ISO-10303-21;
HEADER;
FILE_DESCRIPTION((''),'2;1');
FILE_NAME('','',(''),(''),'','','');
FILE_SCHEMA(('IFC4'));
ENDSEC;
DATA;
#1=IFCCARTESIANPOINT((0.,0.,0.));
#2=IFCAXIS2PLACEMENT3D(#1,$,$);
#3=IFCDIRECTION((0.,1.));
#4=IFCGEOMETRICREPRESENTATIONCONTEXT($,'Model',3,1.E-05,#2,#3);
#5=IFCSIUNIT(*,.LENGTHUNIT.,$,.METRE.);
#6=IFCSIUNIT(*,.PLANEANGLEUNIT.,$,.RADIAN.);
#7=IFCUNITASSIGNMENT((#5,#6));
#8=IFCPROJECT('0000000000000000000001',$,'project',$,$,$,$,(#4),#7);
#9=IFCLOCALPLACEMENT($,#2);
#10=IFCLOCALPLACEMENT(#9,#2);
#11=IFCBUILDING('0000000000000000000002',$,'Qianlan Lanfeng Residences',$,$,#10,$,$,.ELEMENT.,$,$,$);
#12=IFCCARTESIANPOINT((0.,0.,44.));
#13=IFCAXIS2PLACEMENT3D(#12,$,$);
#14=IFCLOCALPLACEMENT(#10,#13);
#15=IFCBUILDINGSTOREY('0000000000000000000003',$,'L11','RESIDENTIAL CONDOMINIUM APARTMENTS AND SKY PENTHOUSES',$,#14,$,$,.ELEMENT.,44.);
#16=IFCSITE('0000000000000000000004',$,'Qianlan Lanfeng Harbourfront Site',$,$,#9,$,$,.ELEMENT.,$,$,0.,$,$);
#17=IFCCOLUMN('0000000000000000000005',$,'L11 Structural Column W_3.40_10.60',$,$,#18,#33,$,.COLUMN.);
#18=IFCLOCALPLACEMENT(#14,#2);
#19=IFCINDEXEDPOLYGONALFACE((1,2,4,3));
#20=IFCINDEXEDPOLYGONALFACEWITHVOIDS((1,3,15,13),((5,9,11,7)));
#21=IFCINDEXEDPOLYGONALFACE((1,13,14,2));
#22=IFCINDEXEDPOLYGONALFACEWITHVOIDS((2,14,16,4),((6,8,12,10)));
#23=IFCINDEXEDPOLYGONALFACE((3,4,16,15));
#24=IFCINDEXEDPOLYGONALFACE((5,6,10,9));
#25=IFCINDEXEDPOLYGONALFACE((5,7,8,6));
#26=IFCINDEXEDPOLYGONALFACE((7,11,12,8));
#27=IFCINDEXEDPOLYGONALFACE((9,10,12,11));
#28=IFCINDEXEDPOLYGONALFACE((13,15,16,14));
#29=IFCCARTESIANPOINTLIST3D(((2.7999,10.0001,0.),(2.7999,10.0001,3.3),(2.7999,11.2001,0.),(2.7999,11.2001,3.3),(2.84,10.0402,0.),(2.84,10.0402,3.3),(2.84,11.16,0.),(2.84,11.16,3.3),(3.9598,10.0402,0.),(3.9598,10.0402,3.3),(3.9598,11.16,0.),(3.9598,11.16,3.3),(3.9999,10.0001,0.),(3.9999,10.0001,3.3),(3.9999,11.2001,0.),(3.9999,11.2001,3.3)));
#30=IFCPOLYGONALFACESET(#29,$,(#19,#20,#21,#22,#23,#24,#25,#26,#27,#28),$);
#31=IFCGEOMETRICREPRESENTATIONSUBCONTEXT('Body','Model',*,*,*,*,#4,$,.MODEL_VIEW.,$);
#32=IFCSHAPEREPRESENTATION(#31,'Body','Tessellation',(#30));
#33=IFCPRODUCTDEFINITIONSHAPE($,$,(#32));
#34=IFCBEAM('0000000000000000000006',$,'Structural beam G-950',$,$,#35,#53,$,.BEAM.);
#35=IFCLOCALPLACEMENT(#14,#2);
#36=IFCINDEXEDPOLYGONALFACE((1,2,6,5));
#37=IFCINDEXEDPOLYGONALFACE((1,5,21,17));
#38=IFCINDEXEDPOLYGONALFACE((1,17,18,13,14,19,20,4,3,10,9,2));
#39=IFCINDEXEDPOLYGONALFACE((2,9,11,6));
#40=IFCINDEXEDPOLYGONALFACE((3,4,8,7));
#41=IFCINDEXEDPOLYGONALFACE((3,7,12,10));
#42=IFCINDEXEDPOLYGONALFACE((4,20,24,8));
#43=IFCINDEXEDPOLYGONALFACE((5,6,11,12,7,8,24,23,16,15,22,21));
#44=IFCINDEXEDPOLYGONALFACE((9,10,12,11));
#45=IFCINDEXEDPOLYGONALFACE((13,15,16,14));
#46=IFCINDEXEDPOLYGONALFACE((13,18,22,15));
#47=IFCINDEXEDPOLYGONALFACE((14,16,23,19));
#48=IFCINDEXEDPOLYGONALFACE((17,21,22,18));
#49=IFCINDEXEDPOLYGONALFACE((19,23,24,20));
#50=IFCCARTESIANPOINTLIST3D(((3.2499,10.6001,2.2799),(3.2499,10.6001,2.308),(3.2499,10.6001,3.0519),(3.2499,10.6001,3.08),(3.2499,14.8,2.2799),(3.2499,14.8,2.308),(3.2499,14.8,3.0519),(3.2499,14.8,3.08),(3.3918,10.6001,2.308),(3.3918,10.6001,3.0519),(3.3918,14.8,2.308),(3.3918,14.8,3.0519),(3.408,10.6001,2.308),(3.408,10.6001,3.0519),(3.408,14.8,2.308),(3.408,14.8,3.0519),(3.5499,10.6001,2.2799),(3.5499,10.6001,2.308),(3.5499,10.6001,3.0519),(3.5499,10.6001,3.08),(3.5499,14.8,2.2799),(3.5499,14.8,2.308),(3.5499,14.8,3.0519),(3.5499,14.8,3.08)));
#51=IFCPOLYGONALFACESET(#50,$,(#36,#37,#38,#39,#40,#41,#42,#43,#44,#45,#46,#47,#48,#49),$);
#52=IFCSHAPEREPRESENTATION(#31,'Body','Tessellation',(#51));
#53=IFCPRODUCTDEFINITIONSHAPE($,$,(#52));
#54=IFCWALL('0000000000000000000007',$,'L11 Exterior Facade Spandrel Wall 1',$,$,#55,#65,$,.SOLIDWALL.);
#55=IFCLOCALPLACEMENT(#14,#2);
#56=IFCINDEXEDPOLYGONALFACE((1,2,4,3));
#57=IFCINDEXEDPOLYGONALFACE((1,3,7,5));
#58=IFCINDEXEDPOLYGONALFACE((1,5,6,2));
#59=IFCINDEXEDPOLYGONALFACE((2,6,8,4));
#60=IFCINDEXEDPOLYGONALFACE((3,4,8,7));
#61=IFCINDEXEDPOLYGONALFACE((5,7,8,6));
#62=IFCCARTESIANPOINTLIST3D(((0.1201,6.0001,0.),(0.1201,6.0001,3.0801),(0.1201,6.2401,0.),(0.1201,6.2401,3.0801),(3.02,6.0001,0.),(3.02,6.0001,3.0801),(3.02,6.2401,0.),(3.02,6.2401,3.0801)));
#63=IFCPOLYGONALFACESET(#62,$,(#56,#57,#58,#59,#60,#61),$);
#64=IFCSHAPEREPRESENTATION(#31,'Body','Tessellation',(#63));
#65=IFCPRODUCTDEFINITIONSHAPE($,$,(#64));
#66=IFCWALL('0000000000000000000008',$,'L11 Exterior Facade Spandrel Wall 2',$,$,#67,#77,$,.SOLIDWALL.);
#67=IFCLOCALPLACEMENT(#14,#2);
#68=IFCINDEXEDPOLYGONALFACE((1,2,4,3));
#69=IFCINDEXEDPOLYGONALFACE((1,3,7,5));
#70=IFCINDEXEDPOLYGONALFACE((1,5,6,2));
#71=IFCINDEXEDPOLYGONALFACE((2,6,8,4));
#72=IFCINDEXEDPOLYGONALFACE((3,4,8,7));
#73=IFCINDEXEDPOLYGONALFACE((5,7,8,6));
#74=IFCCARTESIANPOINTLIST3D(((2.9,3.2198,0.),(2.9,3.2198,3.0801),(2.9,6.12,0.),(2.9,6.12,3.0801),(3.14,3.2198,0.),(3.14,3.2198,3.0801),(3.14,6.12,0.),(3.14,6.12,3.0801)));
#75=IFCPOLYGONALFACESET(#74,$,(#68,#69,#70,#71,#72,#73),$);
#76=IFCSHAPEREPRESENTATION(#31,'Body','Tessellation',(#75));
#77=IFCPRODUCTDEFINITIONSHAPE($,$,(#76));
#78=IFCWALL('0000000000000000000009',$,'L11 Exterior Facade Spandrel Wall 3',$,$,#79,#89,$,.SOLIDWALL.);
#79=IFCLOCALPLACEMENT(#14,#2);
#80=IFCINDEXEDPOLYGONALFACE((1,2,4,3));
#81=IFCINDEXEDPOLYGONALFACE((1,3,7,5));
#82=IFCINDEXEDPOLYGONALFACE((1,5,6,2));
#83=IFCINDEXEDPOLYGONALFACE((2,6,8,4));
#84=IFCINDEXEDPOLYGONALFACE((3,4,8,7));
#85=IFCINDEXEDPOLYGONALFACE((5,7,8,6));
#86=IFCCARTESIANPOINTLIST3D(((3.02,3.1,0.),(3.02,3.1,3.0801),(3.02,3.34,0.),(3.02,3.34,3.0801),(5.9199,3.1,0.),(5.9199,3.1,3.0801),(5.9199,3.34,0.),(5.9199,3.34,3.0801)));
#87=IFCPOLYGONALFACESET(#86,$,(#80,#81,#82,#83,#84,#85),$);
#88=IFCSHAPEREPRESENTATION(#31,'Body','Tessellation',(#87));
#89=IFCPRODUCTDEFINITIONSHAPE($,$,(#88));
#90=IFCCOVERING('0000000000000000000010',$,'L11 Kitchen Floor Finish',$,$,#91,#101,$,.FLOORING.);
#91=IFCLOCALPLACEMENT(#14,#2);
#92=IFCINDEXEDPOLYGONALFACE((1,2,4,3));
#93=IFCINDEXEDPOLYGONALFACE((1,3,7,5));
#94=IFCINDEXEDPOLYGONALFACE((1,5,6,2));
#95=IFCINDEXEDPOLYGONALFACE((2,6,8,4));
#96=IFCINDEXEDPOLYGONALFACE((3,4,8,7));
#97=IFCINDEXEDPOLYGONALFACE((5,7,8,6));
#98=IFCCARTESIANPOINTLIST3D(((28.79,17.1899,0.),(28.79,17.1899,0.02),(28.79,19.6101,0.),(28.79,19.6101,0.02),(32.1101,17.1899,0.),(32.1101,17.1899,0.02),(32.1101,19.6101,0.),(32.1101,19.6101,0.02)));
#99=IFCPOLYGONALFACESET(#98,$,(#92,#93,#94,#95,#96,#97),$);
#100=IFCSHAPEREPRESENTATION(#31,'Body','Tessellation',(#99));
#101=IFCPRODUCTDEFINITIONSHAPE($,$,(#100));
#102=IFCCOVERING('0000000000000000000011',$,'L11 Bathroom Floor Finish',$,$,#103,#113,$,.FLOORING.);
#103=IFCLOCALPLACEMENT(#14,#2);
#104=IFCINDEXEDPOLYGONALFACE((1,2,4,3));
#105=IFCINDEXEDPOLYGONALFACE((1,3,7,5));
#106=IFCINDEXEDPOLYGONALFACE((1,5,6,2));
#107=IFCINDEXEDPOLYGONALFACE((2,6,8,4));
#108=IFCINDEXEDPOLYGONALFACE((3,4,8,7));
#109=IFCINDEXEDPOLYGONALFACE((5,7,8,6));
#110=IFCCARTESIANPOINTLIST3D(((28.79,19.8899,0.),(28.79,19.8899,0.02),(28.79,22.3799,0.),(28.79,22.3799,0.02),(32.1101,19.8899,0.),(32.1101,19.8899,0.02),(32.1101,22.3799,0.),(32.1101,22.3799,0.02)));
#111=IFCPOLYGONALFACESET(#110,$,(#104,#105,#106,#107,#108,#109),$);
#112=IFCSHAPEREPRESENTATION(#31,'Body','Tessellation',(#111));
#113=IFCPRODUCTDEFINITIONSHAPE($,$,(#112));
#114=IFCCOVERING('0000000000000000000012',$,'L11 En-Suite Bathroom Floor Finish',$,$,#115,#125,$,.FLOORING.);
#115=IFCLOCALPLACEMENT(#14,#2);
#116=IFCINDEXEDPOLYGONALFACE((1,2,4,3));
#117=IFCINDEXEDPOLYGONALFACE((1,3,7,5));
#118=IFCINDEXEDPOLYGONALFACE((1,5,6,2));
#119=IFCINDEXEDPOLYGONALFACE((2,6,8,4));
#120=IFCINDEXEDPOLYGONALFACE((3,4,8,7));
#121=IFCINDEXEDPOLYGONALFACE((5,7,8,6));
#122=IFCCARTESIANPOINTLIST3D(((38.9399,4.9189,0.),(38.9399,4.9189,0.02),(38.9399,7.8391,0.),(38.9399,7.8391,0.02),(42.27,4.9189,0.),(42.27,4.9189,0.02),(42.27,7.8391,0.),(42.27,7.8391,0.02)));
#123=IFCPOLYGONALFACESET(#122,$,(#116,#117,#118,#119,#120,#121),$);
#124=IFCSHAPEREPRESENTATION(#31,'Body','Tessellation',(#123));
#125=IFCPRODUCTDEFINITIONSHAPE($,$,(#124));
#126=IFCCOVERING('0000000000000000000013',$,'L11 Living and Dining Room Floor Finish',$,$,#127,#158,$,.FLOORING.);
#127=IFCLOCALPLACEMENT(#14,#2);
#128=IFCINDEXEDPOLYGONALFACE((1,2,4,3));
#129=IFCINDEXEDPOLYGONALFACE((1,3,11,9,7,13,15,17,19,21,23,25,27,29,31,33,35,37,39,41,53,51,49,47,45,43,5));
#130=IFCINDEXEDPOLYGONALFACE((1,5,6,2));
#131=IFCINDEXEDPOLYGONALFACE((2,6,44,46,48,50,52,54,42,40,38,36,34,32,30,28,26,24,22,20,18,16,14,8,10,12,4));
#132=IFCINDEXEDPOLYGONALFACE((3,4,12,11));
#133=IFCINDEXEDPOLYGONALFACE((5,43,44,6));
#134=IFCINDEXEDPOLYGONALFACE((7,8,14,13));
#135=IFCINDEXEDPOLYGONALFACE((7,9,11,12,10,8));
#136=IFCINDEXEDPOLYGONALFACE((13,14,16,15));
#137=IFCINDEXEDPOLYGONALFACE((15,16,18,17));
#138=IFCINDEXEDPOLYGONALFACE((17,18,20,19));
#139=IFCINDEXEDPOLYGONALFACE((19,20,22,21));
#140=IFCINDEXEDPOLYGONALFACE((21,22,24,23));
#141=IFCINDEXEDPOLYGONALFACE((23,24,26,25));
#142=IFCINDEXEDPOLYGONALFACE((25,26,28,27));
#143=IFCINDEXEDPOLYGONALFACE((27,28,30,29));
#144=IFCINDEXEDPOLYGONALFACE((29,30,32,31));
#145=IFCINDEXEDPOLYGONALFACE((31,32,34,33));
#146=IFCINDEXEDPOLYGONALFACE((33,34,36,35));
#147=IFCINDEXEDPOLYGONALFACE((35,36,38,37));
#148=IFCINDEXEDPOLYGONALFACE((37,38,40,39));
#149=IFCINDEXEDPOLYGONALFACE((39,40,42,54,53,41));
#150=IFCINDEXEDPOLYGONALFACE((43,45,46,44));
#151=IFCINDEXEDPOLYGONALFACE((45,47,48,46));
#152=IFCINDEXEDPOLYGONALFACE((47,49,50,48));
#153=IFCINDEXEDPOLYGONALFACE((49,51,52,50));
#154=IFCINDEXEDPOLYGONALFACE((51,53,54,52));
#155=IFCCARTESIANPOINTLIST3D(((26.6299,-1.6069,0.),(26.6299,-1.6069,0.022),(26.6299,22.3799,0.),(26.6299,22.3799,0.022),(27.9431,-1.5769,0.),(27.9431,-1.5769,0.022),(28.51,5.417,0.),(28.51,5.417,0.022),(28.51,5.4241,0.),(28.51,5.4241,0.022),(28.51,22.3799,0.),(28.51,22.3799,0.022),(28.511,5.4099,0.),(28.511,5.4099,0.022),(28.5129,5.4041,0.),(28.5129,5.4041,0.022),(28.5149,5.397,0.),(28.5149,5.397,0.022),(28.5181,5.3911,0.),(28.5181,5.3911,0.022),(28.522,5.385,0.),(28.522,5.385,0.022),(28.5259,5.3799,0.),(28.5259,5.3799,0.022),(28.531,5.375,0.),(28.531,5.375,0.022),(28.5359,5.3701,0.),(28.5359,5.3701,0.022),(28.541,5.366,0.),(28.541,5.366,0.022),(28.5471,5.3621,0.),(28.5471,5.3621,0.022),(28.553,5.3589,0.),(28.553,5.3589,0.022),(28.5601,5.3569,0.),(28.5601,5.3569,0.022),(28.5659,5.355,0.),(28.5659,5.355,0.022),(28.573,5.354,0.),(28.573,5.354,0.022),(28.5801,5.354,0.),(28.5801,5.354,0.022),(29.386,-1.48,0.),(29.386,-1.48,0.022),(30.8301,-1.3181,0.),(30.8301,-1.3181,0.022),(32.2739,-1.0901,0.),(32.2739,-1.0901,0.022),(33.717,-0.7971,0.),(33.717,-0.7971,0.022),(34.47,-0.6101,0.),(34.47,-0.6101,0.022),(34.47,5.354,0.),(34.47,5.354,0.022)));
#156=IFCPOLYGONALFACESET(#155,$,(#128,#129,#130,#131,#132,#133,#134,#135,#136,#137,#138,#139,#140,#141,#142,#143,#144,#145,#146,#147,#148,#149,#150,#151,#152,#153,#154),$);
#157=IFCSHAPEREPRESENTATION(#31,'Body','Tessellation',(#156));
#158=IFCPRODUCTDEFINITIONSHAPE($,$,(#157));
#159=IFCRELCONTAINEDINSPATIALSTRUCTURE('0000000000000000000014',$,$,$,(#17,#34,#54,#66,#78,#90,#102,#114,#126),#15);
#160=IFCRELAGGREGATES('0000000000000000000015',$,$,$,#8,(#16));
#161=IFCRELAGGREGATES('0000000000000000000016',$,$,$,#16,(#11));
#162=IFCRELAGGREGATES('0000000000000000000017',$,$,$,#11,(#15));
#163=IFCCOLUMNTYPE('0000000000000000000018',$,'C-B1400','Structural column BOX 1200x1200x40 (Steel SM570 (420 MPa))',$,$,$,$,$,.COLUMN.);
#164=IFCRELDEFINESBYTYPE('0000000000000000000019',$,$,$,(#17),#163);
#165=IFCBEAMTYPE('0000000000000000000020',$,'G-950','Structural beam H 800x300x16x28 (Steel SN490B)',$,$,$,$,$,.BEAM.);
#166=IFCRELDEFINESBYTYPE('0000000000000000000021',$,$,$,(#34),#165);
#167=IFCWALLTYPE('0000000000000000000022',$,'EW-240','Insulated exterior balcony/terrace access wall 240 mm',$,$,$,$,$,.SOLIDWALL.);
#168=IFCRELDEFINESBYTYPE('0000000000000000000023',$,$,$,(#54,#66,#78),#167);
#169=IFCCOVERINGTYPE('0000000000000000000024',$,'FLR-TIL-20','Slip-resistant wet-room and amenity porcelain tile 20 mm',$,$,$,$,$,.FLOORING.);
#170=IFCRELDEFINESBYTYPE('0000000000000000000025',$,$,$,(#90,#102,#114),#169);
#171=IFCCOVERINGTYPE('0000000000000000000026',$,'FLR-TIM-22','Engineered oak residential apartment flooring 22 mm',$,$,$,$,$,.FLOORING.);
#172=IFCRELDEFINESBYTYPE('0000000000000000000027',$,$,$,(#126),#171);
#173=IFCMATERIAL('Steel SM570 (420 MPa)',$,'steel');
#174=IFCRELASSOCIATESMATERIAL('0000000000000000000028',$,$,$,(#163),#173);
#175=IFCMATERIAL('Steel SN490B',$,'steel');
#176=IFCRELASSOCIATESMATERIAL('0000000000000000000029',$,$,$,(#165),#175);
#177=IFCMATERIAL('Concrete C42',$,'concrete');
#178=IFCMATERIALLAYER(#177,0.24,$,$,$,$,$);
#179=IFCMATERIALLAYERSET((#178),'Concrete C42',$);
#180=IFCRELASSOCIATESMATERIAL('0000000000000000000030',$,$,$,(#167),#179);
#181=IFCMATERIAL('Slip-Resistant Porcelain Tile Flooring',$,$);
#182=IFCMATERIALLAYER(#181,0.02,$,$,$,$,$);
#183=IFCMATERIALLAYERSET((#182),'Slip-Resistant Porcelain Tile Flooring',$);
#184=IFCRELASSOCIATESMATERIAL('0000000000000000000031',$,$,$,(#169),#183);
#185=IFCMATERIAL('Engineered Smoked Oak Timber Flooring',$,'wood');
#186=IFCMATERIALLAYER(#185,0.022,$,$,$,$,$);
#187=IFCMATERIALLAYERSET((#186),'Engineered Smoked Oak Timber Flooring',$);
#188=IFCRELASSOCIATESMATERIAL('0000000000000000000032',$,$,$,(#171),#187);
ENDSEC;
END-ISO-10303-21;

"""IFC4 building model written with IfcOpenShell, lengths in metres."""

from ifc_helpers import new_model, si_unit, direction, frame, frame_2d, origin, origin_2d, place, context, subcontext, project, spatial, polyline, rectangle, hollow_rectangle, i_section, outline, extrude, material, layer, layer_set, material_profile, profile_set, type_object, element, save


model = new_model("IFC4")

# Units and contexts
model_context = context("Model", 3, precision=1e-05, world=origin(), true_north=direction((0.0, 1.0)))
body_context = subcontext(model_context, "Body", "Model", "MODEL_VIEW")
ifc_project = project(units=[si_unit("LENGTHUNIT", "METRE"), si_unit("PLANEANGLEUNIT", "RADIAN")], contexts=[model_context])

# Site, building, storey
site_placement = place(None, origin())
site = spatial("IfcSite", under=ifc_project, at=site_placement, Name="Qianlan Lanfeng Harbourfront Site", CompositionType="ELEMENT", RefElevation=0.0)
building_placement = place(site_placement, origin())
building = spatial("IfcBuilding", under=site, at=building_placement, Name="Qianlan Lanfeng Residences", CompositionType="ELEMENT")
storey_placement = place(building_placement, frame((0.0, 0.0, 44.0)))
storey = spatial("IfcBuildingStorey", under=building, at=storey_placement, Name="L11", Description="RESIDENTIAL CONDOMINIUM APARTMENTS AND SKY PENTHOUSES", CompositionType="ELEMENT", Elevation=44.0)

# Column
ifc_material_1 = material(Name="Steel SM570 (420 MPa)", Category="steel")
ifc_material_profile_1 = material_profile(ifc_material_1, hollow_rectangle(XDim=1.2, YDim=1.2, WallThickness=0.04, at=origin_2d()), Name="BOX 1200x1200x40")
ifc_profile_set_1 = profile_set([ifc_material_profile_1], Name="Steel SM570 (420 MPa)")
column_type = type_object("IfcColumnType", Name="C-B1400", Description="Structural column BOX 1200x1200x40 (Steel SM570 (420 MPa))", PredefinedType="COLUMN", material=ifc_profile_set_1)
column_placement = place(storey_placement, frame((3.3999, 10.6001, 0.0), z_axis=(0.0, 0.0, 1.0), x_axis=(1.0, 0.0, 0.0)))
element("IfcColumn", 1, at=column_placement, inside=storey, type_object=column_type, Name="L11 Structural Column W_3.40_10.60", PredefinedType="COLUMN", context=body_context, shape_type="SweptSolid", body=[
    extrude(hollow_rectangle(XDim=1.2, YDim=1.2, WallThickness=0.04, at=origin_2d()), origin(), (0.0, 0.0, 1.0), 3.3),
])

# Beam
ifc_material_2 = material(Name="Steel SN490B", Category="steel")
ifc_material_profile_2 = material_profile(ifc_material_2, i_section(OverallWidth=0.3, OverallDepth=0.8, WebThickness=0.0161, FlangeThickness=0.0281, at=origin_2d()), Name="H 800x300x16x28")
ifc_profile_set_2 = profile_set([ifc_material_profile_2], Name="Steel SN490B")
beam_type = type_object("IfcBeamType", Name="G-950", Description="Structural beam H 800x300x16x28 (Steel SN490B)", PredefinedType="BEAM", material=ifc_profile_set_2)
beam_placement = place(storey_placement, frame((3.3999, 10.6001, 2.6799), z_axis=(0.0, 1.0, 0.0), x_axis=(-1.0, 0.0, 0.0)))
element("IfcBeam", 2, at=beam_placement, inside=storey, type_object=beam_type, Name="Structural beam G-950", PredefinedType="BEAM", context=body_context, shape_type="SweptSolid", body=[
    extrude(i_section(OverallWidth=0.3, OverallDepth=0.8, WebThickness=0.0161, FlangeThickness=0.0281, at=origin_2d()), origin(), (0.0, 0.0, 1.0), 4.2),
])

# Walls
ifc_material_3 = material(Name="Concrete C42", Category="concrete")
ifc_layer_1 = layer(ifc_material_3, 0.24)
ifc_layer_set_1 = layer_set([ifc_layer_1], Name="Concrete C42")
wall_type = type_object("IfcWallType", Name="EW-240", Description="Insulated exterior balcony/terrace access wall 240 mm", PredefinedType="SOLIDWALL", material=ifc_layer_set_1)
wall_1_placement = place(storey_placement, frame((0.1201, 6.1201, 0.0), z_axis=(0.0, 0.0, 1.0), x_axis=(1.0, 0.0, 0.0)))
element("IfcWall", 3, at=wall_1_placement, inside=storey, type_object=wall_type, Name="L11 Exterior Facade Spandrel Wall 1", PredefinedType="SOLIDWALL", context=body_context, shape_type="SweptSolid", body=[
    extrude(rectangle(XDim=2.8999, YDim=0.24, at=frame_2d((1.45, 0.0))), origin(), (0.0, 0.0, 1.0), 3.0801),
])
wall_2_placement = place(storey_placement, frame((3.02, 6.1201, 0.0), z_axis=(0.0, 0.0, 1.0), x_axis=(0.0, -1.0, 0.0)))
element("IfcWall", 4, at=wall_2_placement, inside=storey, type_object=wall_type, Name="L11 Exterior Facade Spandrel Wall 2", PredefinedType="SOLIDWALL", context=body_context, shape_type="SweptSolid", body=[
    extrude(rectangle(XDim=2.9001, YDim=0.24, at=frame_2d((1.4502, 0.0))), origin(), (0.0, 0.0, 1.0), 3.0801),
])
wall_3_placement = place(storey_placement, frame((3.02, 3.22, 0.0), z_axis=(0.0, 0.0, 1.0), x_axis=(1.0, 0.0, 0.0)))
element("IfcWall", 5, at=wall_3_placement, inside=storey, type_object=wall_type, Name="L11 Exterior Facade Spandrel Wall 3", PredefinedType="SOLIDWALL", context=body_context, shape_type="SweptSolid", body=[
    extrude(rectangle(XDim=2.8999, YDim=0.24, at=frame_2d((1.45, 0.0))), origin(), (0.0, 0.0, 1.0), 3.0801),
])

# Coverings
ifc_material_4 = material(Name="Slip-Resistant Porcelain Tile Flooring")
ifc_layer_2 = layer(ifc_material_4, 0.02)
ifc_layer_set_2 = layer_set([ifc_layer_2], Name="Slip-Resistant Porcelain Tile Flooring")
covering_type_1 = type_object("IfcCoveringType", Name="FLR-TIL-20", Description="Slip-resistant wet-room and amenity porcelain tile 20 mm", PredefinedType="FLOORING", material=ifc_layer_set_2)
covering_1_placement = place(storey_placement, origin())
element("IfcCovering", 6, at=covering_1_placement, inside=storey, type_object=covering_type_1, Name="L11 Kitchen Floor Finish", PredefinedType="FLOORING", context=body_context, shape_type="SweptSolid", body=[
    extrude(outline(polyline([(28.79, 17.1899), (32.1101, 17.1899), (32.1101, 19.6101), (28.79, 19.6101), (28.79, 17.1899)])), origin(), (0.0, 0.0, 1.0), 0.02),
])
covering_2_placement = place(storey_placement, origin())
element("IfcCovering", 7, at=covering_2_placement, inside=storey, type_object=covering_type_1, Name="L11 Bathroom Floor Finish", PredefinedType="FLOORING", context=body_context, shape_type="SweptSolid", body=[
    extrude(outline(polyline([(28.79, 19.8899), (32.1101, 19.8899), (32.1101, 22.3799), (28.79, 22.3799), (28.79, 19.8899)])), origin(), (0.0, 0.0, 1.0), 0.02),
])
covering_3_placement = place(storey_placement, origin())
element("IfcCovering", 8, at=covering_3_placement, inside=storey, type_object=covering_type_1, Name="L11 En-Suite Bathroom Floor Finish", PredefinedType="FLOORING", context=body_context, shape_type="SweptSolid", body=[
    extrude(outline(polyline([(38.9399, 4.9189), (42.27, 4.9189), (42.27, 7.8391), (38.9399, 7.8391), (38.9399, 4.9189)])), origin(), (0.0, 0.0, 1.0), 0.02),
])
ifc_material_5 = material(Name="Engineered Smoked Oak Timber Flooring", Category="wood")
ifc_layer_3 = layer(ifc_material_5, 0.022)
ifc_layer_set_3 = layer_set([ifc_layer_3], Name="Engineered Smoked Oak Timber Flooring")
covering_type_2 = type_object("IfcCoveringType", Name="FLR-TIM-22", Description="Engineered oak residential apartment flooring 22 mm", PredefinedType="FLOORING", material=ifc_layer_set_3)
covering_4_placement = place(storey_placement, origin())
element("IfcCovering", 9, at=covering_4_placement, inside=storey, type_object=covering_type_2, Name="L11 Living and Dining Room Floor Finish", PredefinedType="FLOORING", context=body_context, shape_type="SweptSolid", body=[
    extrude(outline(polyline([(34.47, -0.6101), (34.47, 5.354), (28.5801, 5.354), (28.573, 5.354), (28.5659, 5.355), (28.5601, 5.3569), (28.553, 5.3589), (28.5471, 5.3621), (28.541, 5.366), (28.5359, 5.3701), (28.531, 5.375), (28.5259, 5.3799), (28.522, 5.385), (28.5181, 5.3911), (28.5149, 5.397), (28.5129, 5.4041), (28.511, 5.4099), (28.51, 5.417), (28.51, 5.4241), (28.51, 22.3799), (26.6299, 22.3799), (26.6299, -1.6069), (27.9431, -1.5769), (29.386, -1.48), (30.8301, -1.3181), (32.2739, -1.0901), (33.717, -0.7971), (34.47, -0.6101)])), origin(), (0.0, 0.0, 1.0), 0.022),
])

save(model, "model.ifc")
